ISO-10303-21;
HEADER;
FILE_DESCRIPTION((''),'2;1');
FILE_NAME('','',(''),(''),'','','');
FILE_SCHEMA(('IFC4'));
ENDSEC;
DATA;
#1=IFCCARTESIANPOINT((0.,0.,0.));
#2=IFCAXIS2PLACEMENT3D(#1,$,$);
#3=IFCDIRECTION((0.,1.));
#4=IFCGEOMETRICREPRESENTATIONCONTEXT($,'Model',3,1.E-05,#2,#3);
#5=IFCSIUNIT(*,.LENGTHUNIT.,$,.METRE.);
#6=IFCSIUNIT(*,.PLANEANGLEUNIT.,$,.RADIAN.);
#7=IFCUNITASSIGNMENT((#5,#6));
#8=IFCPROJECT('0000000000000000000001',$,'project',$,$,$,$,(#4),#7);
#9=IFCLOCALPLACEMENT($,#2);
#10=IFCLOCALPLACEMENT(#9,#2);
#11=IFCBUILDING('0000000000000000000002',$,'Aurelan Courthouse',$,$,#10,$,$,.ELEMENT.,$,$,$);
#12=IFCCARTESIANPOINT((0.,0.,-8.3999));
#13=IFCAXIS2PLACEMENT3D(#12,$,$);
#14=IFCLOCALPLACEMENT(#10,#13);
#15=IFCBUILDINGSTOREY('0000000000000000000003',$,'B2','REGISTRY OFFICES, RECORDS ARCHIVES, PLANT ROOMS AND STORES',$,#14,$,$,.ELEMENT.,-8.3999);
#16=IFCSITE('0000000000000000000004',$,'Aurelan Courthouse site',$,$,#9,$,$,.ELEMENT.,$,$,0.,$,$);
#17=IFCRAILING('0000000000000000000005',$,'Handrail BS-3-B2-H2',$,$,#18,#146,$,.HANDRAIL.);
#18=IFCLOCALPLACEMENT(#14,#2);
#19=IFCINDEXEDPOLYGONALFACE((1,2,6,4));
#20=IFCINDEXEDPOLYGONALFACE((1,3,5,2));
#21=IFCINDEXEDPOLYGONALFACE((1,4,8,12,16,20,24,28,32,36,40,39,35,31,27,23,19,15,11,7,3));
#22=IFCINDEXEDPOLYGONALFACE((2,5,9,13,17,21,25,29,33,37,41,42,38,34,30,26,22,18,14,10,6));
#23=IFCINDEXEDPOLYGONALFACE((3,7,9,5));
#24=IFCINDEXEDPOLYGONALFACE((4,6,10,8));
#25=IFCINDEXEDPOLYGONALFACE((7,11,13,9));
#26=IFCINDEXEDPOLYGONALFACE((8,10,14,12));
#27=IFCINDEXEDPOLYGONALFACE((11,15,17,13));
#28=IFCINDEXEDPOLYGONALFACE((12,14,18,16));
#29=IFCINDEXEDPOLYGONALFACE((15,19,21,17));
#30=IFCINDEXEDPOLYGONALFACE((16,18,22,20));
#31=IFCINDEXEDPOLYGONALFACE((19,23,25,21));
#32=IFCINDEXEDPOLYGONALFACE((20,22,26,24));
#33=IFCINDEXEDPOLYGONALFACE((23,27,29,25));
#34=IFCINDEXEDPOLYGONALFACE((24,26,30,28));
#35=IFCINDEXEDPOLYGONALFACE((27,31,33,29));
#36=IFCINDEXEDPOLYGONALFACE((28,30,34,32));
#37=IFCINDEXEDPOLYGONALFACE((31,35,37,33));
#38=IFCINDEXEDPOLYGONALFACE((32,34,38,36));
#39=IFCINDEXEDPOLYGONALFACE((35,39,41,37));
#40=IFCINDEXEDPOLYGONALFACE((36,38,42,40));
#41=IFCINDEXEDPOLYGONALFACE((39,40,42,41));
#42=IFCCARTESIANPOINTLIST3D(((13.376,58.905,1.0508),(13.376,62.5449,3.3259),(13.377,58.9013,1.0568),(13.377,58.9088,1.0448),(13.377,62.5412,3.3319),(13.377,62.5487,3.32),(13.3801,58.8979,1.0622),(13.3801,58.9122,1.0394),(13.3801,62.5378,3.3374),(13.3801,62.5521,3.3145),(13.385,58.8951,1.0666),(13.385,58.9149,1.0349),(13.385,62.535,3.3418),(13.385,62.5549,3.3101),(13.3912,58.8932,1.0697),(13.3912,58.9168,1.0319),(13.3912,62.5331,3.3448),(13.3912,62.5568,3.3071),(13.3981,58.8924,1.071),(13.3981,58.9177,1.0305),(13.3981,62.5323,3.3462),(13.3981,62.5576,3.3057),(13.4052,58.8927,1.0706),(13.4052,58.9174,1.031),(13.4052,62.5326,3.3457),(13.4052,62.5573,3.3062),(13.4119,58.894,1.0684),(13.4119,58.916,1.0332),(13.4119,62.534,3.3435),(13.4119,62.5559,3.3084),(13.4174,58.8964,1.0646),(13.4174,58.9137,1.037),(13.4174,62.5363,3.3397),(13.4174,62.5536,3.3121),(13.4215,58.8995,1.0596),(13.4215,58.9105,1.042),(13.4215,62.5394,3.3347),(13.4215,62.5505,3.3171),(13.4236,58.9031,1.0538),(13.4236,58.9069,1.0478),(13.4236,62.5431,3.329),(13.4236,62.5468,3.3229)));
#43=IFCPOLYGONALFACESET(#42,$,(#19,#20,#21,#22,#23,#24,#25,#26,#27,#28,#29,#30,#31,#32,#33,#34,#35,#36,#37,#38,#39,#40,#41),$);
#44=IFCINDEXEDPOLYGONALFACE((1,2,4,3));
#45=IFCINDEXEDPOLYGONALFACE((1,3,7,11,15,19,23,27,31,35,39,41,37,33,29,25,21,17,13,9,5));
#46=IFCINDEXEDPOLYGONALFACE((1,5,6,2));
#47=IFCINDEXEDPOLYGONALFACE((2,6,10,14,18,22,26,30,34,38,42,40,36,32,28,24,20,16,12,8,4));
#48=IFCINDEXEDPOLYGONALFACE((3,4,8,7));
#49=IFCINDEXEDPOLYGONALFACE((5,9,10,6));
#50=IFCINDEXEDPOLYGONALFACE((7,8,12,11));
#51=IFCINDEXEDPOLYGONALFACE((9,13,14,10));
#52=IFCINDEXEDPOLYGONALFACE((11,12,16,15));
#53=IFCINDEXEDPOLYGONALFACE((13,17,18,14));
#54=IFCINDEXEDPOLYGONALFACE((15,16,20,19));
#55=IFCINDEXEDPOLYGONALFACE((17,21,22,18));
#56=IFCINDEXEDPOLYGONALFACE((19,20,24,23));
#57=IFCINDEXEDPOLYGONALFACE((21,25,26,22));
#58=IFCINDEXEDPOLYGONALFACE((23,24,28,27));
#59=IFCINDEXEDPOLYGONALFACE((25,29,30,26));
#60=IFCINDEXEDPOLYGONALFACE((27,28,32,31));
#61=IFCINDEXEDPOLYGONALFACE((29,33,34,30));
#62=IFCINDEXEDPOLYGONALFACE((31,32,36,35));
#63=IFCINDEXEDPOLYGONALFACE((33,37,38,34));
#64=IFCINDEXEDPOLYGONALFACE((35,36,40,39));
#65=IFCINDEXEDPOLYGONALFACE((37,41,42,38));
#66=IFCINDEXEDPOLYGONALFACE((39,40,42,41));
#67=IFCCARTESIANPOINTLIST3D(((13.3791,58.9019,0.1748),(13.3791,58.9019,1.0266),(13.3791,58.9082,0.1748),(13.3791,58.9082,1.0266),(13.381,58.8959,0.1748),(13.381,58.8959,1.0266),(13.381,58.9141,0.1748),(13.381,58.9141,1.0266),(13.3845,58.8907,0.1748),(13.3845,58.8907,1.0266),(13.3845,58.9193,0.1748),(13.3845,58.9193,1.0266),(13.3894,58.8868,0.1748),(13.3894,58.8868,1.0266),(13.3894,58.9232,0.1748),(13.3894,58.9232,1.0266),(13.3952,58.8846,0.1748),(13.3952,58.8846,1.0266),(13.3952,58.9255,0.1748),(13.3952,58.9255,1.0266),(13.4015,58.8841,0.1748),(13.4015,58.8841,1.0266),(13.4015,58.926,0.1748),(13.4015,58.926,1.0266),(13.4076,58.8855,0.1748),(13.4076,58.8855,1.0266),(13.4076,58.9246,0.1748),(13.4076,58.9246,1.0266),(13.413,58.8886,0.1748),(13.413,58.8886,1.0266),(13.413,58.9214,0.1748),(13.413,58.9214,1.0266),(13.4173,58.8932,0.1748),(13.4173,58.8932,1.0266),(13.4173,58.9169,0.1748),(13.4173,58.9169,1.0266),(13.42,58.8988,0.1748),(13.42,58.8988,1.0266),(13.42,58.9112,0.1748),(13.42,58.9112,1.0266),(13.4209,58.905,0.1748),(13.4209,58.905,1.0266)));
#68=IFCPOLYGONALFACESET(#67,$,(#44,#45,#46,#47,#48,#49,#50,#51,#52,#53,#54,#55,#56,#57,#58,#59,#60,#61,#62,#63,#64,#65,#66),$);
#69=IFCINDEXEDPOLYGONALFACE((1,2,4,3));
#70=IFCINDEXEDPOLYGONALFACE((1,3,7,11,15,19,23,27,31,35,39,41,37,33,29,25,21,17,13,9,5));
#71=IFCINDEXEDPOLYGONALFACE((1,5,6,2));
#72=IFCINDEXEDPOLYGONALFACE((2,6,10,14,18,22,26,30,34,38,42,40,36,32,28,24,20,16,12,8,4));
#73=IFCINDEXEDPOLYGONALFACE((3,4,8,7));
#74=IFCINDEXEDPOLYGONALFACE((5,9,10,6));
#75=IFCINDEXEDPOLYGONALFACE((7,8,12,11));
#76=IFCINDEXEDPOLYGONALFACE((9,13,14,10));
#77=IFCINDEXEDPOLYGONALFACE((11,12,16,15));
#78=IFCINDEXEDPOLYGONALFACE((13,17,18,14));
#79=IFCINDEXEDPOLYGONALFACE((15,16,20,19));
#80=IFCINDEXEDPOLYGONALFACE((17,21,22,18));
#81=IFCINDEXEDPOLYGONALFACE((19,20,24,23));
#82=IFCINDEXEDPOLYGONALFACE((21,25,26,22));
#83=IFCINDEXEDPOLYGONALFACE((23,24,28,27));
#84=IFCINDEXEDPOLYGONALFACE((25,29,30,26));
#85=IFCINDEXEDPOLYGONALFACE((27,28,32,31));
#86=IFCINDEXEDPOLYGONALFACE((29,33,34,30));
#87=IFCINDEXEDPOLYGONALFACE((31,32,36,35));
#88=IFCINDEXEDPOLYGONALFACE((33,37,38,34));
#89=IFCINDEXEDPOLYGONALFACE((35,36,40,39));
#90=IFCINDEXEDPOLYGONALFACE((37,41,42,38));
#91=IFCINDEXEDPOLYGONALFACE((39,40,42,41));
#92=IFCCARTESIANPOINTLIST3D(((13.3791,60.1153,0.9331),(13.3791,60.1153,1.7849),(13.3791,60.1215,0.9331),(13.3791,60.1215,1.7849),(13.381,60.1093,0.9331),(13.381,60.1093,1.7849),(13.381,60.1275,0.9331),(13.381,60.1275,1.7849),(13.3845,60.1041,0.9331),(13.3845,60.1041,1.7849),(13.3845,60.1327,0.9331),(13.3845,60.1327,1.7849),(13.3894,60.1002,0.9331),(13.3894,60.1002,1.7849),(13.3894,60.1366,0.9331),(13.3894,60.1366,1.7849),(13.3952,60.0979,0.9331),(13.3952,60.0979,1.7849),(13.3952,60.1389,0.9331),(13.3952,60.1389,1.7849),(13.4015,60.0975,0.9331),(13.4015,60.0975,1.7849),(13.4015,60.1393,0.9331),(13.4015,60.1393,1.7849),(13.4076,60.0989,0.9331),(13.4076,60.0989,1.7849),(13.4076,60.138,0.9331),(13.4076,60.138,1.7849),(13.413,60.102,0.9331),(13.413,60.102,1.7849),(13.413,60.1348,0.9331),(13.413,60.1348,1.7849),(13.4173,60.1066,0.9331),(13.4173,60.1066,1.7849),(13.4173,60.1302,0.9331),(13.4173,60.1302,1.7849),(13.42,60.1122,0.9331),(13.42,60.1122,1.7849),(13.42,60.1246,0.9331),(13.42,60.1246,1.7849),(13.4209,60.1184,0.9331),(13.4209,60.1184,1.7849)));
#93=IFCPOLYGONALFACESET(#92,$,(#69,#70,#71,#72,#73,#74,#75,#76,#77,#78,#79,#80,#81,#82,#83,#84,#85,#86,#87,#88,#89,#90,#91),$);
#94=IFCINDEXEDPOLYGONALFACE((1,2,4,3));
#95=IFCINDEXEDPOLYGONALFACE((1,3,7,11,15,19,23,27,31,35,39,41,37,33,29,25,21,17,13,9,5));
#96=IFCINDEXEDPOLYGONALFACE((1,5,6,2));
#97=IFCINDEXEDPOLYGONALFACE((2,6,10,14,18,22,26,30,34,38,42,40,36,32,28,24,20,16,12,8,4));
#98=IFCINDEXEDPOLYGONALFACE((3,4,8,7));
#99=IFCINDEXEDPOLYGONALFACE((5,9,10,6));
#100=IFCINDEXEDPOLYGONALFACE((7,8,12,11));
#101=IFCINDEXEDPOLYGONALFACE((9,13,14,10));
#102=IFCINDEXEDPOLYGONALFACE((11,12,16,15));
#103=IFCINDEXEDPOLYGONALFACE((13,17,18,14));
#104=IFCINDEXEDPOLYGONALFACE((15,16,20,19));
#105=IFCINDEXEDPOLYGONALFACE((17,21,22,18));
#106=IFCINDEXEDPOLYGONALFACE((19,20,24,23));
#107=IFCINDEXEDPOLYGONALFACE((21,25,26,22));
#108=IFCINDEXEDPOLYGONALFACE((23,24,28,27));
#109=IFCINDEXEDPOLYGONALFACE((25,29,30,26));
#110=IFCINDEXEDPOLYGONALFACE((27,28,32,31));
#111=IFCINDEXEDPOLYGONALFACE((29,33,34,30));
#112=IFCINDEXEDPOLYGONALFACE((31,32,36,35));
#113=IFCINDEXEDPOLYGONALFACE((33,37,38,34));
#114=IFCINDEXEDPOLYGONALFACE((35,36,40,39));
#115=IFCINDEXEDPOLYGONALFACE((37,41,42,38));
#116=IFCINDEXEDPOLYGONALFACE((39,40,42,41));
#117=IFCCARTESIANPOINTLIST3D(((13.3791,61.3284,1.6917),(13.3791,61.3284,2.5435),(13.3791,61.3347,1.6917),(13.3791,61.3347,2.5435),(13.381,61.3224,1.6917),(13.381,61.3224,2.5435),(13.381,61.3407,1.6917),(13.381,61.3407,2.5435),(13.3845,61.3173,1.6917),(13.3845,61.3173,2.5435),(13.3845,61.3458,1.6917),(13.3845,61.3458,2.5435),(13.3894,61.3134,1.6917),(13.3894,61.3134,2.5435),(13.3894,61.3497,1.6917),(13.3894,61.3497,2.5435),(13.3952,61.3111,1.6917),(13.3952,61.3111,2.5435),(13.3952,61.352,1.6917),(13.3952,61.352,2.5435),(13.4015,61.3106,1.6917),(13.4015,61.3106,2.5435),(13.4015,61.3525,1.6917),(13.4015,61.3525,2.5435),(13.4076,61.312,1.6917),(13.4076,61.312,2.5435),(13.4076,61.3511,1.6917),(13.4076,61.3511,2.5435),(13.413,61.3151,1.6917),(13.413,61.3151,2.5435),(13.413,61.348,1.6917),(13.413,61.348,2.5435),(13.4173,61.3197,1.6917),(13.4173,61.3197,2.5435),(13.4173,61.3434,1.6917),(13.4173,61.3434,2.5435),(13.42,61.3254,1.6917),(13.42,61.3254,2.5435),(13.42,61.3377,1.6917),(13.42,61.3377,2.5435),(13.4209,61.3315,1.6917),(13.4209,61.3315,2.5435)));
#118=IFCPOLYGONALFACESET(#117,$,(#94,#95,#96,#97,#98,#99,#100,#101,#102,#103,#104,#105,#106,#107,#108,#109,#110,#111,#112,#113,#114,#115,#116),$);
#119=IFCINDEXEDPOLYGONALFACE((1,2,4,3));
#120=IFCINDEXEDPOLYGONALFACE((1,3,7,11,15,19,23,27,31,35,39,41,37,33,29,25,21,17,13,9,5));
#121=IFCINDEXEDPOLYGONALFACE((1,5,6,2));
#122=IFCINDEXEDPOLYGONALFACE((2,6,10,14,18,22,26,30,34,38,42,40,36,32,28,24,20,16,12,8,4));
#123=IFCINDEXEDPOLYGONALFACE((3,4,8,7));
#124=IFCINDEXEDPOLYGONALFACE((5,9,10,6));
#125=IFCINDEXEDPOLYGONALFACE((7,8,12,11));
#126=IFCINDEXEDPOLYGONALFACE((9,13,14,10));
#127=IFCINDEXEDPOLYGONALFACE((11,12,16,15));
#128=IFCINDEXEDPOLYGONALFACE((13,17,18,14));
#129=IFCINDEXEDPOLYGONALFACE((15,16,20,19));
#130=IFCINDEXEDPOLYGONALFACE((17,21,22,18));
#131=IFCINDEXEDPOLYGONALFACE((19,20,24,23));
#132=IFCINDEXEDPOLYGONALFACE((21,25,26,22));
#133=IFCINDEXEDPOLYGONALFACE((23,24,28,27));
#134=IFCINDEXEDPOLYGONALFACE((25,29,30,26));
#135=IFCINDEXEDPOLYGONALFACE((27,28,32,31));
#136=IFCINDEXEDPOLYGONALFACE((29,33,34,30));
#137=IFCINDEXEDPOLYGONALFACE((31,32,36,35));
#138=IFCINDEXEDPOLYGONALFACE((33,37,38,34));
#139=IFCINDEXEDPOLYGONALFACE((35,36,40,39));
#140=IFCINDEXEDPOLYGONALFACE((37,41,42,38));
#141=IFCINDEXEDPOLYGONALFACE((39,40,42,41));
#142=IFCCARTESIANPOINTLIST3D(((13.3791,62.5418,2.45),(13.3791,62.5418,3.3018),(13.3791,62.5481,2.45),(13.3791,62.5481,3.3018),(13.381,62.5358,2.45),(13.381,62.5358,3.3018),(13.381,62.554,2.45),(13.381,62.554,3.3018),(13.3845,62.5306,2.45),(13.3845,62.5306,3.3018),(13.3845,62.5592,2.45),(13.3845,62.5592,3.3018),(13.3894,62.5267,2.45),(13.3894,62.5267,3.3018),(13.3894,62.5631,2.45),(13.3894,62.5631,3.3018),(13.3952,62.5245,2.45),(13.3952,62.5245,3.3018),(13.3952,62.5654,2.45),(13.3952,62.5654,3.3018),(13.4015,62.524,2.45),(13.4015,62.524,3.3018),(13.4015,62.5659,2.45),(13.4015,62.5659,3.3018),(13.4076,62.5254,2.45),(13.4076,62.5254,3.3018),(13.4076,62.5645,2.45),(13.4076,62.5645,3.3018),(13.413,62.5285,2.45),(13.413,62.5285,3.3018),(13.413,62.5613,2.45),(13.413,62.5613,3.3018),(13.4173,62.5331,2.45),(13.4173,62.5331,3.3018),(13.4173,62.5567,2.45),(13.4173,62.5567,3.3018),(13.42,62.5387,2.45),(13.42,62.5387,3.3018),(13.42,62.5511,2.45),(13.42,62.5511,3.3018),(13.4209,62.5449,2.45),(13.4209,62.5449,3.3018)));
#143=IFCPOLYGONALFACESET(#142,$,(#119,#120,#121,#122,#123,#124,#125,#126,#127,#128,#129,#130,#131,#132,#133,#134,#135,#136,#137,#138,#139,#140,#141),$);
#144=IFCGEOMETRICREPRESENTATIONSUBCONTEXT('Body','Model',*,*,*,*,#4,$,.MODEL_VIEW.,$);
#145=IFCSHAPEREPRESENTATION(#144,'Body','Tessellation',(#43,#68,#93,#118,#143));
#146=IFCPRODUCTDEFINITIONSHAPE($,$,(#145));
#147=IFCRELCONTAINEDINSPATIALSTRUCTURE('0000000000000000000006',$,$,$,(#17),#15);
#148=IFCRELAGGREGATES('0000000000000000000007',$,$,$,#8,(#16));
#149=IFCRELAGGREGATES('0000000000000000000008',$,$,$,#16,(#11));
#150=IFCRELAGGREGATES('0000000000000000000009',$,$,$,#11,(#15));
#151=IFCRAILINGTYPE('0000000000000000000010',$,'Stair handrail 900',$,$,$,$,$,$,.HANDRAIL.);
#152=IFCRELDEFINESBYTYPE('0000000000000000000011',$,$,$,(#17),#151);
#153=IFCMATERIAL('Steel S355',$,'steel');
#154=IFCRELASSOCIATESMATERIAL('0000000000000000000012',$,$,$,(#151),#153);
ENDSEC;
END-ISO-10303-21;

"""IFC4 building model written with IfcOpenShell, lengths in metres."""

from ifc_helpers import new_model, si_unit, direction, frame, origin, origin_2d, place, context, subcontext, project, spatial, circle, extrude, material, type_object, element, save


model = new_model("IFC4")

# Units and contexts
model_context = context("Model", 3, precision=1e-05, world=origin(), true_north=direction((0.0, 1.0)))
body_context = subcontext(model_context, "Body", "Model", "MODEL_VIEW")
ifc_project = project(units=[si_unit("LENGTHUNIT", "METRE"), si_unit("PLANEANGLEUNIT", "RADIAN")], contexts=[model_context])

# Site, building, storey
site_placement = place(None, origin())
site = spatial("IfcSite", under=ifc_project, at=site_placement, Name="Aurelan Courthouse site", CompositionType="ELEMENT", RefElevation=0.0)
building_placement = place(site_placement, origin())
building = spatial("IfcBuilding", under=site, at=building_placement, Name="Aurelan Courthouse", CompositionType="ELEMENT")
storey_placement = place(building_placement, frame((0.0, 0.0, -8.3999)))
storey = spatial("IfcBuildingStorey", under=building, at=storey_placement, Name="B2", Description="REGISTRY OFFICES, RECORDS ARCHIVES, PLANT ROOMS AND STORES", CompositionType="ELEMENT", Elevation=-8.3999)

# Railing
ifc_material_1 = material(Name="Steel S355", Category="steel")
railing_type_1 = type_object("IfcRailingType", Name="Stair handrail 900", PredefinedType="HANDRAIL", material=ifc_material_1)
for number, where, name in (
    (1, (13.3999, 58.905, 0.1748), "Handrail BS-3-B2-H2"),
):
    element("IfcRailing", number, at=place(storey_placement, frame(where)), inside=storey, type_object=railing_type_1, Name=name, PredefinedType="HANDRAIL", context=body_context, shape_type="SweptSolid", body=[
        extrude(circle(Radius=0.0239, at=origin_2d()), frame((0.0, 0.0, 0.876), z_axis=(0.0, 0.847976, 0.530035), x_axis=(-1.0, 0.0, 0.0)), (0.0, 0.0, 1.0), 4.2925),
        extrude(circle(Radius=0.021, at=origin_2d()), origin(), (0.0, 0.0, 1.0), 0.8518),
        extrude(circle(Radius=0.021, at=origin_2d()), frame((0.0, 1.2134, 0.7583)), (0.0, 0.0, 1.0), 0.8518),
        extrude(circle(Radius=0.021, at=origin_2d()), frame((0.0, 2.4265, 1.5168)), (0.0, 0.0, 1.0), 0.8518),
        extrude(circle(Radius=0.021, at=origin_2d()), frame((0.0, 3.6399, 2.2751)), (0.0, 0.0, 1.0), 0.8518),
    ])

save(model, "model.ifc")
